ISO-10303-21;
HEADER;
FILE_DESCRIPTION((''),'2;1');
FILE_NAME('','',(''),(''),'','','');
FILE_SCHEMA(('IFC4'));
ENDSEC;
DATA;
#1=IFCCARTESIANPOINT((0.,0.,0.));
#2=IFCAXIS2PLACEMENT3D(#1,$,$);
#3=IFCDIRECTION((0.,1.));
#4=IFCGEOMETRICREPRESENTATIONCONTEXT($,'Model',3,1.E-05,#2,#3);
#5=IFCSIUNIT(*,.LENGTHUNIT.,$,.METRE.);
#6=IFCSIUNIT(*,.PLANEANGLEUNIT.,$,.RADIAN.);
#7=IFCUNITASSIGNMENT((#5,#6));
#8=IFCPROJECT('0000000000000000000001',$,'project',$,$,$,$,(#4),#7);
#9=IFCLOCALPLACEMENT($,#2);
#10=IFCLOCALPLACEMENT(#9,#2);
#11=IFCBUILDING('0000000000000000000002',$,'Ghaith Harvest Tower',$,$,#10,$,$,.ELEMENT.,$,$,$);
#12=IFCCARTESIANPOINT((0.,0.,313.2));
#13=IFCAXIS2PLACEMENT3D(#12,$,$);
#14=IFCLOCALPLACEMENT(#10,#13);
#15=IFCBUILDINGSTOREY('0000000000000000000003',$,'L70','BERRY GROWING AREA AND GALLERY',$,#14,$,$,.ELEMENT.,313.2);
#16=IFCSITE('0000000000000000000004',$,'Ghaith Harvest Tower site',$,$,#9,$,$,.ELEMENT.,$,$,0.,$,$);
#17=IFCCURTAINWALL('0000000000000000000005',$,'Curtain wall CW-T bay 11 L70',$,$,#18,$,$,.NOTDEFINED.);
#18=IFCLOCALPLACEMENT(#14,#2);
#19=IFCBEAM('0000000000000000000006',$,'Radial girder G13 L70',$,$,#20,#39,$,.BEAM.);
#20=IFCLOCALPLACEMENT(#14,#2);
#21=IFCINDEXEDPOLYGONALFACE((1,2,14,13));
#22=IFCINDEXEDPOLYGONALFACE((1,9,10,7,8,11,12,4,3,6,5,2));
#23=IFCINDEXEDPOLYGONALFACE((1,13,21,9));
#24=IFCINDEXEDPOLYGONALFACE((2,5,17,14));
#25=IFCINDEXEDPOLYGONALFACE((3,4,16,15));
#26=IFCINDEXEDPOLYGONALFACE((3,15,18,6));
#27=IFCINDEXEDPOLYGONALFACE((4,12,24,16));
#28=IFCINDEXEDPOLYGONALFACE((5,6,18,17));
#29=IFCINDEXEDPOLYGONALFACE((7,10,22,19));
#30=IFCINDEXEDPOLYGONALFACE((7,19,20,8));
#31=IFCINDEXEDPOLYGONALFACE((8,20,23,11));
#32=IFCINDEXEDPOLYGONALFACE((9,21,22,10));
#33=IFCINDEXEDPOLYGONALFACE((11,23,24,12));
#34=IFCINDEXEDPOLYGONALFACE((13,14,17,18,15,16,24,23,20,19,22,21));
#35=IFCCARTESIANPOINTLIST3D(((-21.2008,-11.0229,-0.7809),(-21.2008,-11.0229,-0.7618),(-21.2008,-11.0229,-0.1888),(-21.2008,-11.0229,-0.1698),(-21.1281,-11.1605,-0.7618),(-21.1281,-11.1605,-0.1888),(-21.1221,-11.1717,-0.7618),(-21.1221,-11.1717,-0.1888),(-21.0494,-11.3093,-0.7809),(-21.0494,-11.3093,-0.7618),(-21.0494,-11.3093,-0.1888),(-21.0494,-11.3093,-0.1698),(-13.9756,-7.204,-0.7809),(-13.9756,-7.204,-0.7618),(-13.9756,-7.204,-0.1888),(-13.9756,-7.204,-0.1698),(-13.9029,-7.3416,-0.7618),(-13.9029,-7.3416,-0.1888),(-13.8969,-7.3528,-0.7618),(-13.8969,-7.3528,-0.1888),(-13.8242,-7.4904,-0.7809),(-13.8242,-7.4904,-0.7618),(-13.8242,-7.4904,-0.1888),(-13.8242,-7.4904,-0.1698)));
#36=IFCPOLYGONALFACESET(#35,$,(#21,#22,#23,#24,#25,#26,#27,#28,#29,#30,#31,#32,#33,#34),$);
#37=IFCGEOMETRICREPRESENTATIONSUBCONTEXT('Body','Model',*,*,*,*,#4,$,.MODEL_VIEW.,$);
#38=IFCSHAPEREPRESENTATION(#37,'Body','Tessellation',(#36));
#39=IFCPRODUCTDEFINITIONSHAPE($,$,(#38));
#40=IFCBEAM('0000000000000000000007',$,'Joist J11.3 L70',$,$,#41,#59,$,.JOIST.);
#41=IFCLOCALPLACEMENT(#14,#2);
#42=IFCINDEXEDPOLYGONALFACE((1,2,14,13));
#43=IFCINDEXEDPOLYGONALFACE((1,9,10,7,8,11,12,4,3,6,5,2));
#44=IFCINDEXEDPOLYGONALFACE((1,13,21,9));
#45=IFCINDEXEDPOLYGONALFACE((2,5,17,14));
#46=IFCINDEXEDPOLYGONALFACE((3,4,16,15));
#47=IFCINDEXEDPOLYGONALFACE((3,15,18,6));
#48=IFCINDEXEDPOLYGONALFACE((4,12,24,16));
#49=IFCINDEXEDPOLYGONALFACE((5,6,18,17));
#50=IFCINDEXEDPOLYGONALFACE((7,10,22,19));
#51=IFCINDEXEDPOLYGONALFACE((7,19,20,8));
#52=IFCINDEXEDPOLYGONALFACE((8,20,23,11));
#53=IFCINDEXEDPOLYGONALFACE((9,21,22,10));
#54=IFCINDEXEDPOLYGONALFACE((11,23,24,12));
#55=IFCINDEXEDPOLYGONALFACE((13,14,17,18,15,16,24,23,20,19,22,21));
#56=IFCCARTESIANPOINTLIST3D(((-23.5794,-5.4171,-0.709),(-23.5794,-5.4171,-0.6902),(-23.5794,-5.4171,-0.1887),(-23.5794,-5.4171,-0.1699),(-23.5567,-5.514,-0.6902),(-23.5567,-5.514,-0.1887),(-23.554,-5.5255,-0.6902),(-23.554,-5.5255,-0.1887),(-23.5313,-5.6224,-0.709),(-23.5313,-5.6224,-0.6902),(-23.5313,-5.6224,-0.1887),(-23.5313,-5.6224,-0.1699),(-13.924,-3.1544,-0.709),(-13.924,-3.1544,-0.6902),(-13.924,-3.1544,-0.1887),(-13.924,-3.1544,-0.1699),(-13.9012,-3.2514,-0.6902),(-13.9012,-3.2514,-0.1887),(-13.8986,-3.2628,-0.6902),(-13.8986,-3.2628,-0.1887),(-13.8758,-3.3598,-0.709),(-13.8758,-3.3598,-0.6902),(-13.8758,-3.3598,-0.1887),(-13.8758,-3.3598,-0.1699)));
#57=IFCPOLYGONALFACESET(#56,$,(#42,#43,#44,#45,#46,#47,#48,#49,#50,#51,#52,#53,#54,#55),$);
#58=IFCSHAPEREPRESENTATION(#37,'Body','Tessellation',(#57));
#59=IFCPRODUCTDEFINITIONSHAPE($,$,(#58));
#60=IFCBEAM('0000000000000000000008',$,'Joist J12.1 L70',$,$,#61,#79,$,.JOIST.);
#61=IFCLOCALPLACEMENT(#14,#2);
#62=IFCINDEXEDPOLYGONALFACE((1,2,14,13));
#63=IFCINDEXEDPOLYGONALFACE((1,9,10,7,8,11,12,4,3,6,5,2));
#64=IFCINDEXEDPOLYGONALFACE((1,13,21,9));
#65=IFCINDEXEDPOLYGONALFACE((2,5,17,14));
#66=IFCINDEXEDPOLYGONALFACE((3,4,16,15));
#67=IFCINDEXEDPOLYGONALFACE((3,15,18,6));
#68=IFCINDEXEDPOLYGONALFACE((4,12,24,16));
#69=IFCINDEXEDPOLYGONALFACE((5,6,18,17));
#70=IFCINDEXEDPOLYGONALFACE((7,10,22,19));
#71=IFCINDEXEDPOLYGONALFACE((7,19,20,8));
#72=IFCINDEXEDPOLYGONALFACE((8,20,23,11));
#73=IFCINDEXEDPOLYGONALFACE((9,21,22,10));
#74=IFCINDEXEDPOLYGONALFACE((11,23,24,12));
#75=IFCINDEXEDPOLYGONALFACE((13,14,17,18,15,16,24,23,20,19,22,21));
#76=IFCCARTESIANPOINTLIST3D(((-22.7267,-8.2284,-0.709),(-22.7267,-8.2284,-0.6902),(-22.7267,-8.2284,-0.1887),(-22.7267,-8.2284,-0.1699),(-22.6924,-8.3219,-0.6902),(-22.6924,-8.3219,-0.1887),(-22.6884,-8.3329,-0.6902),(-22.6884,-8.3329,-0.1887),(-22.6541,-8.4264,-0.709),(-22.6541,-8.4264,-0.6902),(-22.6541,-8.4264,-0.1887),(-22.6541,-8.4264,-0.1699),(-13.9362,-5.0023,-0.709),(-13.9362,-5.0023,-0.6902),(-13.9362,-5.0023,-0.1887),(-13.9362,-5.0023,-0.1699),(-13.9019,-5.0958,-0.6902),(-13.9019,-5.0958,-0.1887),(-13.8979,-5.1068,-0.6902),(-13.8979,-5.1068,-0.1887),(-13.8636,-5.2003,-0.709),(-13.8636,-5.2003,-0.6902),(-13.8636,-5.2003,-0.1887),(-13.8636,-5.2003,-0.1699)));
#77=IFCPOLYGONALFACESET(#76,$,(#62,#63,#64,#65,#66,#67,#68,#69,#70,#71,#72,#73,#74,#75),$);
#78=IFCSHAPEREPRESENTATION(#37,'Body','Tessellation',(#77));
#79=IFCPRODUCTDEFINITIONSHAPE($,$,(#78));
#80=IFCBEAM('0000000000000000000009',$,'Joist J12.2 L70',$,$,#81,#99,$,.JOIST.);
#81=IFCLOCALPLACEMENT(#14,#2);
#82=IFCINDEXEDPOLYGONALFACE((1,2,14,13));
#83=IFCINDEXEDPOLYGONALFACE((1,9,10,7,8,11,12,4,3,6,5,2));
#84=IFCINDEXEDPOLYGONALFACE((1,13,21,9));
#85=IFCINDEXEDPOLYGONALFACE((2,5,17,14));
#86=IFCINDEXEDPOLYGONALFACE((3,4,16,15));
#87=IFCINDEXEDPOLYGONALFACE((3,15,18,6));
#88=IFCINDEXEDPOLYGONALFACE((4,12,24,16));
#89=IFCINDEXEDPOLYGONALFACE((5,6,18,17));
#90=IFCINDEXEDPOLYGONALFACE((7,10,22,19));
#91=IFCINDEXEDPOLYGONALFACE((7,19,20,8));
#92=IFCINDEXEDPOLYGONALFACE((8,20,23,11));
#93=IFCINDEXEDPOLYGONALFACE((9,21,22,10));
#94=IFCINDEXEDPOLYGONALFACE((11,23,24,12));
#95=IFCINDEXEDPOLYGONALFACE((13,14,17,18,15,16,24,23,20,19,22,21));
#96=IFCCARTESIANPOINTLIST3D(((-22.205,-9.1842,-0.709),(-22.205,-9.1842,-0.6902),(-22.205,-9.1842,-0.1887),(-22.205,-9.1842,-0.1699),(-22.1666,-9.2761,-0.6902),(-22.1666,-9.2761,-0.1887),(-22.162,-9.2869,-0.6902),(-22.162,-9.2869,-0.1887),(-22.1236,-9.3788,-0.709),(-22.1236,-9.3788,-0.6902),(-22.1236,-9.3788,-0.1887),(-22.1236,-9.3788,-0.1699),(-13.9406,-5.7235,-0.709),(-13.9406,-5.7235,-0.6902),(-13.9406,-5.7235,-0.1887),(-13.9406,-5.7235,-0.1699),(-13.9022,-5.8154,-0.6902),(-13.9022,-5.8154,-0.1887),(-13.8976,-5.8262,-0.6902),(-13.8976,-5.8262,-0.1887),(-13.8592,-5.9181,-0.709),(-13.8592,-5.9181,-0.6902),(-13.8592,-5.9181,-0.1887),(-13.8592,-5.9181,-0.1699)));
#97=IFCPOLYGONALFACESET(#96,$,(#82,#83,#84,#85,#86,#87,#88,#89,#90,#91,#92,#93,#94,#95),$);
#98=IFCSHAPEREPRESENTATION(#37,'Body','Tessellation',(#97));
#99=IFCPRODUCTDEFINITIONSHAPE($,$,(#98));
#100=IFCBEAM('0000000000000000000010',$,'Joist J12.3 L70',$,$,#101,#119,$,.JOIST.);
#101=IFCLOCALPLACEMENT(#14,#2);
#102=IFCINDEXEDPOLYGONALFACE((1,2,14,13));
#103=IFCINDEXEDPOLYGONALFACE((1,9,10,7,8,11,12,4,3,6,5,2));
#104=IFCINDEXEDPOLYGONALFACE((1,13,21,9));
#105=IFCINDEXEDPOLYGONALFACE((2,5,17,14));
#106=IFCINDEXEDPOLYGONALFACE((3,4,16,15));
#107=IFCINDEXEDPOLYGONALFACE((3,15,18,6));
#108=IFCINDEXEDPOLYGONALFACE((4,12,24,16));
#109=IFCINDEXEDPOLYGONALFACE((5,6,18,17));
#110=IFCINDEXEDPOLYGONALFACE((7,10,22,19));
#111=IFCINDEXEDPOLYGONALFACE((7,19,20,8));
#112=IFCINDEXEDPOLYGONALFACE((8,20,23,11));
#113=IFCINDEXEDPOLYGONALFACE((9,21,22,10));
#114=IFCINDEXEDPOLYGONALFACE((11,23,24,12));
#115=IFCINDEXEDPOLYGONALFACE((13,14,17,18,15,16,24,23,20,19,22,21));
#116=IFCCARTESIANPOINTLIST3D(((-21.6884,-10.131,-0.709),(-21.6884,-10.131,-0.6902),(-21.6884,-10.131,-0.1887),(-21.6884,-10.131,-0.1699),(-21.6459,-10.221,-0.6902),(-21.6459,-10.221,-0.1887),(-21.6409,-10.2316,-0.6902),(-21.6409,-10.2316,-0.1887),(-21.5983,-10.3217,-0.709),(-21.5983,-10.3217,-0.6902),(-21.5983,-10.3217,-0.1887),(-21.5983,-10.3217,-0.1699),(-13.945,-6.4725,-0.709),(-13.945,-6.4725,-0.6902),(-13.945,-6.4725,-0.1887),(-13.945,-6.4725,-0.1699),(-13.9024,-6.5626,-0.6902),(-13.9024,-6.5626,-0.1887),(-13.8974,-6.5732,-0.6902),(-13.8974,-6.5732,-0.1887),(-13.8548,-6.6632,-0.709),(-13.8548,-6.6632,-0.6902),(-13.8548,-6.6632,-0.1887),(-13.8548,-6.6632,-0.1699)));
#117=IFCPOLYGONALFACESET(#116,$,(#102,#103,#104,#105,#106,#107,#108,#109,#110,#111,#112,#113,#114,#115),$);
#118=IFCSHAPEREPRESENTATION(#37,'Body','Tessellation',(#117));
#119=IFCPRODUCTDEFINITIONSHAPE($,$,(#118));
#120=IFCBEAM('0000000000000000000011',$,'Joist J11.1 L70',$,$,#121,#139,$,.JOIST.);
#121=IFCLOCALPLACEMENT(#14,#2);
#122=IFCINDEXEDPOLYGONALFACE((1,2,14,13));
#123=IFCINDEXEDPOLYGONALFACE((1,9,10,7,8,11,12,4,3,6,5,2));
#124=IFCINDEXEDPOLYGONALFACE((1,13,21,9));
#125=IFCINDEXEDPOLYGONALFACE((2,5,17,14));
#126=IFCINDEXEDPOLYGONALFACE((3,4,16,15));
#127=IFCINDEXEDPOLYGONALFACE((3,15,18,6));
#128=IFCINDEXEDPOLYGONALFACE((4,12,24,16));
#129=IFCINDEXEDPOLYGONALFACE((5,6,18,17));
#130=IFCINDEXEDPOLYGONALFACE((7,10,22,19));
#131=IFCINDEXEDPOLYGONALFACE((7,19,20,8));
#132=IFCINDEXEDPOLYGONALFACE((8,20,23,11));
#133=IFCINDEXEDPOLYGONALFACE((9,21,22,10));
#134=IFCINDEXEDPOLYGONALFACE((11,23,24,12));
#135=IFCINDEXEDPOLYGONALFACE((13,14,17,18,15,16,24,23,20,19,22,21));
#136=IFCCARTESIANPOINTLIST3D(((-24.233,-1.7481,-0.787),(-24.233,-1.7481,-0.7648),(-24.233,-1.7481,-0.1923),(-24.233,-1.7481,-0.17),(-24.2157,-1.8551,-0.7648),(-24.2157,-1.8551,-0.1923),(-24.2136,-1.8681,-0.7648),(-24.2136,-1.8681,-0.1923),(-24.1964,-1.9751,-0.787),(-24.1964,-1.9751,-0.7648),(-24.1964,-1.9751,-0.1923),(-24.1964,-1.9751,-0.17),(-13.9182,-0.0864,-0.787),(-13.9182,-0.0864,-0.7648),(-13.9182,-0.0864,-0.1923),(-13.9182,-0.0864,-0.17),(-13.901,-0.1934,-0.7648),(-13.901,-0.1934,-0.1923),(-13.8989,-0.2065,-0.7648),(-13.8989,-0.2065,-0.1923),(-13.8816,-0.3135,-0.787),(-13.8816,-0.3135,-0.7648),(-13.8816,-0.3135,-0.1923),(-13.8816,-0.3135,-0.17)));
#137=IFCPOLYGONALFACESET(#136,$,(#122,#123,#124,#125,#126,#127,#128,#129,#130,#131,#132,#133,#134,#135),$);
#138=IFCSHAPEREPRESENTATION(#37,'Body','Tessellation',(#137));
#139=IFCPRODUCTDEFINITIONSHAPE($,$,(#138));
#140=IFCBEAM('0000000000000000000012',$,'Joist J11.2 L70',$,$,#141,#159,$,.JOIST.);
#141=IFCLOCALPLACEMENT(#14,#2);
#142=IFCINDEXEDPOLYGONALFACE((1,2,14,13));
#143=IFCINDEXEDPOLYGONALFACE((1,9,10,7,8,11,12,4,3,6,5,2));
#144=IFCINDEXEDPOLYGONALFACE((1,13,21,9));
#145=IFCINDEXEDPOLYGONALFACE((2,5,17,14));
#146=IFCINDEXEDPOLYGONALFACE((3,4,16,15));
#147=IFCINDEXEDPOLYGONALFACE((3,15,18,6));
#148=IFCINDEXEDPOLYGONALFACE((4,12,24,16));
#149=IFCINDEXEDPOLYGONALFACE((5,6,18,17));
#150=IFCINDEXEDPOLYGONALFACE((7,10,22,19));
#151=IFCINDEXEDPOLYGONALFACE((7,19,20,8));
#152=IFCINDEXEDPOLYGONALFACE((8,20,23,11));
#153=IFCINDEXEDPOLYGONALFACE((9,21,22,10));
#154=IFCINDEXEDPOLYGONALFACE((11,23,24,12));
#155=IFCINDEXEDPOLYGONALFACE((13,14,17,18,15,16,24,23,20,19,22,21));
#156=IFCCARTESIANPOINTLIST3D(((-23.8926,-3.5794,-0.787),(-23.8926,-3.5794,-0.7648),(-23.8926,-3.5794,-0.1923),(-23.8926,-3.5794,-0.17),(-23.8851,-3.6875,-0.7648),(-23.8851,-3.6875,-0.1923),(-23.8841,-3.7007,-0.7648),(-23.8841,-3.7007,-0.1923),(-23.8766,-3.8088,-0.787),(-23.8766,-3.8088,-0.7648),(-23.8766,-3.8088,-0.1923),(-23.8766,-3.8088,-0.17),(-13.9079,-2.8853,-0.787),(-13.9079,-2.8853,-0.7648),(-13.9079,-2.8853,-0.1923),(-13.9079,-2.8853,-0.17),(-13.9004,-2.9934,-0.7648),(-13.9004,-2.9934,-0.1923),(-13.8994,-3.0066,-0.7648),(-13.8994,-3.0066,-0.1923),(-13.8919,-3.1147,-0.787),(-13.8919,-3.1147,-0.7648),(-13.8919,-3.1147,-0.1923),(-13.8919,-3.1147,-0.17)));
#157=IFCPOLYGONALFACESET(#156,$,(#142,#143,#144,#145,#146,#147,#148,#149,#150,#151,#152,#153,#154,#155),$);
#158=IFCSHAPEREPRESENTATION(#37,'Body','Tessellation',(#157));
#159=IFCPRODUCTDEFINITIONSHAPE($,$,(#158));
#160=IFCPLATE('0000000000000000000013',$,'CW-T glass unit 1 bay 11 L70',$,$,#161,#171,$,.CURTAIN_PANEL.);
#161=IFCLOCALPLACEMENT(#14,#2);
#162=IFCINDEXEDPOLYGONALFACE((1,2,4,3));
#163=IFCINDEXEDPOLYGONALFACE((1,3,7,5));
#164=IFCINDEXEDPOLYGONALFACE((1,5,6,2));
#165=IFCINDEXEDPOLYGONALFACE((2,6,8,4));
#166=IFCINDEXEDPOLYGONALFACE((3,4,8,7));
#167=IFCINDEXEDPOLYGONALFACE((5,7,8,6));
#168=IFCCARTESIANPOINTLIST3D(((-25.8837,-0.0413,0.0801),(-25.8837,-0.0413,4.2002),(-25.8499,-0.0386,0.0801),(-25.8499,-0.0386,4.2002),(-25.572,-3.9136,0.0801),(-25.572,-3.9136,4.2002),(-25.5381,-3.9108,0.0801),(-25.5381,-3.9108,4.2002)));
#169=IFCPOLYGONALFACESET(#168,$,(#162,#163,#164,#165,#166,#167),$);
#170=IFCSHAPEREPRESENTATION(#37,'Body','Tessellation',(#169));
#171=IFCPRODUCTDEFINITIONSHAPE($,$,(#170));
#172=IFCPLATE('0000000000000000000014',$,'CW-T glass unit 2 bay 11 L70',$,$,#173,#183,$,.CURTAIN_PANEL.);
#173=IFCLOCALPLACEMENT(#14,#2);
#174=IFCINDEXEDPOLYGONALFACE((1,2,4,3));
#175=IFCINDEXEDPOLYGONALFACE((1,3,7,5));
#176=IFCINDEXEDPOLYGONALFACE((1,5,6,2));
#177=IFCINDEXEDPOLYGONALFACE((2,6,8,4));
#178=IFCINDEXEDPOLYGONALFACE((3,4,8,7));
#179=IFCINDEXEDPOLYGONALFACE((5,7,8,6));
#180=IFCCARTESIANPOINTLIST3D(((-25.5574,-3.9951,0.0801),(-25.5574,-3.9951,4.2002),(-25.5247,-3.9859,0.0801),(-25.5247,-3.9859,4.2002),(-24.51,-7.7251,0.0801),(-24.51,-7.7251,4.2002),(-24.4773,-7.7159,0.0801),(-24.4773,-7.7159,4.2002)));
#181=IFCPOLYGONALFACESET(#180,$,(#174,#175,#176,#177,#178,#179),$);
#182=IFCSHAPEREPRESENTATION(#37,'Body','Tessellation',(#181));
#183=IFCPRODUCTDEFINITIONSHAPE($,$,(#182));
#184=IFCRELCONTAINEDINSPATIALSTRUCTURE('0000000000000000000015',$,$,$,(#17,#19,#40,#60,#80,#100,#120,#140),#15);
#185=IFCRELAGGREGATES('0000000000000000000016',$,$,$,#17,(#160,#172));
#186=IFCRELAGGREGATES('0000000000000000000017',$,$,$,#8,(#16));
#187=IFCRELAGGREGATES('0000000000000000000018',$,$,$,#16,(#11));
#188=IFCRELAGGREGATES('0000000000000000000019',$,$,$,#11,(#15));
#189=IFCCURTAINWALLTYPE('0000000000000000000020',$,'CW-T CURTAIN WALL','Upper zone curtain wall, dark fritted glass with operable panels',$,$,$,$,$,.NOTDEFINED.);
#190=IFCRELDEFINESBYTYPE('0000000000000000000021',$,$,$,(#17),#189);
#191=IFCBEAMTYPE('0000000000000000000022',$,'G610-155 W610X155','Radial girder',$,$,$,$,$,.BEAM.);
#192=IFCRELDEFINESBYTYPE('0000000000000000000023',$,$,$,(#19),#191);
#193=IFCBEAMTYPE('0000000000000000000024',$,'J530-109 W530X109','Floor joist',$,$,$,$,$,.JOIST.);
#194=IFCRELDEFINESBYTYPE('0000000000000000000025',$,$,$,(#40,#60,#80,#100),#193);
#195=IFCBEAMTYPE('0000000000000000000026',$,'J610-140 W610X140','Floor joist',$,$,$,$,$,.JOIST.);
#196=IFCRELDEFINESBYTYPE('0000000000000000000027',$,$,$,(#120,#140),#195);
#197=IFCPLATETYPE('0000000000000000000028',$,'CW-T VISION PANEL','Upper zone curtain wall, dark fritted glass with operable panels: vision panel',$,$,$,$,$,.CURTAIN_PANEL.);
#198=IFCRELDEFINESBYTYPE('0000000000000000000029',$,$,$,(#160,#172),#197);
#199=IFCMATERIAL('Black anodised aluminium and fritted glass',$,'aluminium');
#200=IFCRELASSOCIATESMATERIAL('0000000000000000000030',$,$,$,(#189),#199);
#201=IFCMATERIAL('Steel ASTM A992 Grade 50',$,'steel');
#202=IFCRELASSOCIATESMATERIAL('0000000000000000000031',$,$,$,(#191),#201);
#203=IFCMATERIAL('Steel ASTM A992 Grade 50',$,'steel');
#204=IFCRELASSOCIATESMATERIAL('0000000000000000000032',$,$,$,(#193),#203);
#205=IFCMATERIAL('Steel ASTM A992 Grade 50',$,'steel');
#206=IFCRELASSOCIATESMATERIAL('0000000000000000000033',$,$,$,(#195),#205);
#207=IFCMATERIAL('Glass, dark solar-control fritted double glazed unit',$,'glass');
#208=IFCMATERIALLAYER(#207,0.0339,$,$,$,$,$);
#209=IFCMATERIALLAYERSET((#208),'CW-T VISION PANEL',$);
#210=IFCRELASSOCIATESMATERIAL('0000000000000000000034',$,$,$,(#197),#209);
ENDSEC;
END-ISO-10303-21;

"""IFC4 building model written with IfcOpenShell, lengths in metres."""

from ifc_helpers import new_model, si_unit, direction, frame, origin, origin_2d, place, context, subcontext, project, spatial, rectangle, i_section, extrude, material, layer, layer_set, material_profile, profile_set, type_object, element, aggregate, save


model = new_model("IFC4")

# Units and contexts
model_context = context("Model", 3, precision=1e-05, world=origin(), true_north=direction((0.0, 1.0)))
body_context = subcontext(model_context, "Body", "Model", "MODEL_VIEW")
ifc_project = project(units=[si_unit("LENGTHUNIT", "METRE"), si_unit("PLANEANGLEUNIT", "RADIAN")], contexts=[model_context])

# Site, building, storey
site_placement = place(None, origin())
site = spatial("IfcSite", under=ifc_project, at=site_placement, Name="Ghaith Harvest Tower site", CompositionType="ELEMENT", RefElevation=0.0)
building_placement = place(site_placement, origin())
building = spatial("IfcBuilding", under=site, at=building_placement, Name="Ghaith Harvest Tower", CompositionType="ELEMENT")
storey_placement = place(building_placement, frame((0.0, 0.0, 313.2)))
storey = spatial("IfcBuildingStorey", under=building, at=storey_placement, Name="L70", Description="BERRY GROWING AREA AND GALLERY", CompositionType="ELEMENT", Elevation=313.2)

# Curtain wall
ifc_material_1 = material(Name="Black anodised aluminium and fritted glass", Category="aluminium")
curtain_wall_type = type_object("IfcCurtainWallType", Name="CW-T CURTAIN WALL", Description="Upper zone curtain wall, dark fritted glass with operable panels", PredefinedType="NOTDEFINED", material=ifc_material_1)
curtain_wall_1_placement = place(storey_placement, origin())
curtain_wall_1 = element("IfcCurtainWall", 1, at=curtain_wall_1_placement, inside=storey, type_object=curtain_wall_type, Name="Curtain wall CW-T bay 11 L70", PredefinedType="NOTDEFINED")

# Beams
ifc_material_2 = material(Name="Steel ASTM A992 Grade 50", Category="steel")
ifc_material_profile_1 = material_profile(ifc_material_2, i_section(OverallWidth=0.324, OverallDepth=0.6111, WebThickness=0.0127, FlangeThickness=0.019, at=origin_2d()), Name="W610X155")
ifc_profile_set_1 = profile_set([ifc_material_profile_1], Name="Steel ASTM A992 Grade 50")
beam_type_1 = type_object("IfcBeamType", Name="G610-155 W610X155", Description="Radial girder", PredefinedType="BEAM", material=ifc_profile_set_1)
beam_1_placement = place(storey_placement, frame((-13.8999, -7.3472, -0.4753), z_axis=(-0.884102, -0.467295, 0.0), x_axis=(0.467295, -0.884102, 0.0)))
element("IfcBeam", 2, at=beam_1_placement, inside=storey, type_object=beam_type_1, Name="Radial girder G13 L70", PredefinedType="BEAM", context=body_context, shape_type="SweptSolid", body=[
    extrude(i_section(OverallWidth=0.324, OverallDepth=0.6111, WebThickness=0.0127, FlangeThickness=0.019, at=origin_2d()), origin(), (0.0, 0.0, 1.0), 8.1724),
])
ifc_material_3 = material(Name="Steel ASTM A992 Grade 50", Category="steel")
ifc_material_profile_2 = material_profile(ifc_material_3, i_section(OverallWidth=0.2109, OverallDepth=0.5391, WebThickness=0.0117, FlangeThickness=0.0188, at=origin_2d()), Name="W530X109")
ifc_profile_set_2 = profile_set([ifc_material_profile_2], Name="Steel ASTM A992 Grade 50")
beam_type_2 = type_object("IfcBeamType", Name="J530-109 W530X109", Description="Floor joist", PredefinedType="JOIST", material=ifc_profile_set_2)
beam_2_placement = place(storey_placement, frame((-13.8999, -3.2571, -0.4395), z_axis=(-0.973623, -0.228161, 0.0), x_axis=(0.228161, -0.973623, 0.0)))
element("IfcBeam", 3, at=beam_2_placement, inside=storey, type_object=beam_type_2, Name="Joist J11.3 L70", PredefinedType="JOIST", context=body_context, shape_type="SweptSolid", body=[
    extrude(i_section(OverallWidth=0.2109, OverallDepth=0.5391, WebThickness=0.0117, FlangeThickness=0.0188, at=origin_2d()), origin(), (0.0, 0.0, 1.0), 9.917),
])
beam_3_placement = place(storey_placement, frame((-13.8999, -5.1013, -0.4395), z_axis=(-0.938777, -0.344526, 0.0), x_axis=(0.344526, -0.938777, 0.0)))
element("IfcBeam", 4, at=beam_3_placement, inside=storey, type_object=beam_type_2, Name="Joist J12.1 L70", PredefinedType="JOIST", context=body_context, shape_type="SweptSolid", body=[
    extrude(i_section(OverallWidth=0.2109, OverallDepth=0.5391, WebThickness=0.0117, FlangeThickness=0.0188, at=origin_2d()), origin(), (0.0, 0.0, 1.0), 9.3638),
])
beam_4_placement = place(storey_placement, frame((-13.8999, -5.8208, -0.4395), z_axis=(-0.922394, -0.38625, 0.0), x_axis=(0.38625, -0.922394, 0.0)))
element("IfcBeam", 5, at=beam_4_placement, inside=storey, type_object=beam_type_2, Name="Joist J12.2 L70", PredefinedType="JOIST", context=body_context, shape_type="SweptSolid", body=[
    extrude(i_section(OverallWidth=0.2109, OverallDepth=0.5391, WebThickness=0.0117, FlangeThickness=0.0188, at=origin_2d()), origin(), (0.0, 0.0, 1.0), 8.9597),
])
beam_5_placement = place(storey_placement, frame((-13.8999, -6.5679, -0.4395), z_axis=(-0.904166, -0.427182, 0.0), x_axis=(0.427182, -0.904166, 0.0)))
element("IfcBeam", 6, at=beam_5_placement, inside=storey, type_object=beam_type_2, Name="Joist J12.3 L70", PredefinedType="JOIST", context=body_context, shape_type="SweptSolid", body=[
    extrude(i_section(OverallWidth=0.2109, OverallDepth=0.5391, WebThickness=0.0117, FlangeThickness=0.0188, at=origin_2d()), origin(), (0.0, 0.0, 1.0), 8.5642),
])
ifc_material_4 = material(Name="Steel ASTM A992 Grade 50", Category="steel")
ifc_material_profile_3 = material_profile(ifc_material_4, i_section(OverallWidth=0.23, OverallDepth=0.6169, WebThickness=0.0132, FlangeThickness=0.0222, at=origin_2d()), Name="W610X140")
ifc_profile_set_3 = profile_set([ifc_material_profile_3], Name="Steel ASTM A992 Grade 50")
beam_type_3 = type_object("IfcBeamType", Name="J610-140 W610X140", Description="Floor joist", PredefinedType="JOIST", material=ifc_profile_set_3)
beam_6_placement = place(storey_placement, frame((-13.8999, -0.2, -0.4785), z_axis=(-0.987272, -0.159042, 0.0), x_axis=(0.159042, -0.987272, 0.0)))
element("IfcBeam", 7, at=beam_6_placement, inside=storey, type_object=beam_type_3, Name="Joist J11.1 L70", PredefinedType="JOIST", context=body_context, shape_type="SweptSolid", body=[
    extrude(i_section(OverallWidth=0.23, OverallDepth=0.6169, WebThickness=0.0132, FlangeThickness=0.0222, at=origin_2d()), origin(), (0.0, 0.0, 1.0), 10.4478),
])
beam_7_placement = place(storey_placement, frame((-13.8999, -3.0, -0.4785), z_axis=(-0.997592, -0.069349, 0.0), x_axis=(0.069349, -0.997592, 0.0)))
element("IfcBeam", 8, at=beam_7_placement, inside=storey, type_object=beam_type_3, Name="Joist J11.2 L70", PredefinedType="JOIST", context=body_context, shape_type="SweptSolid", body=[
    extrude(i_section(OverallWidth=0.23, OverallDepth=0.6169, WebThickness=0.0132, FlangeThickness=0.0222, at=origin_2d()), origin(), (0.0, 0.0, 1.0), 10.0088),
])

# Plates
ifc_material_5 = material(Name="Glass, dark solar-control fritted double glazed unit", Category="glass")
ifc_layer_1 = layer(ifc_material_5, 0.0339)
ifc_layer_set_1 = layer_set([ifc_layer_1], Name="CW-T VISION PANEL")
plate_type_1 = type_object("IfcPlateType", Name="CW-T VISION PANEL", Description="Upper zone curtain wall, dark fritted glass with operable panels: vision panel", PredefinedType="CURTAIN_PANEL", material=ifc_layer_set_1)
plate_1_placement = place(storey_placement, frame((-25.7109, -1.9761, 0.0801), z_axis=(0.0, 0.0, 1.0), x_axis=(0.080258, -0.996774, 0.0)))
plate_1 = element("IfcPlate", 9, at=plate_1_placement, type_object=plate_type_1, Name="CW-T glass unit 1 bay 11 L70", PredefinedType="CURTAIN_PANEL", context=body_context, shape_type="SweptSolid", body=[
    extrude(rectangle(XDim=3.8848, YDim=0.0339, at=origin_2d()), origin(), (0.0, 0.0, 1.0), 4.1201),
])
plate_2_placement = place(storey_placement, frame((-25.0173, -5.8555, 0.0801), z_axis=(0.0, 0.0, 1.0), x_axis=(0.270355, -0.962761, 0.0)))
plate_2 = element("IfcPlate", 10, at=plate_2_placement, type_object=plate_type_1, Name="CW-T glass unit 2 bay 11 L70", PredefinedType="CURTAIN_PANEL", context=body_context, shape_type="SweptSolid", body=[
    extrude(rectangle(XDim=3.8743, YDim=0.0339, at=origin_2d()), origin(), (0.0, 0.0, 1.0), 4.1201),
])
aggregate(curtain_wall_1, [plate_1, plate_2])

save(model, "model.ifc")
